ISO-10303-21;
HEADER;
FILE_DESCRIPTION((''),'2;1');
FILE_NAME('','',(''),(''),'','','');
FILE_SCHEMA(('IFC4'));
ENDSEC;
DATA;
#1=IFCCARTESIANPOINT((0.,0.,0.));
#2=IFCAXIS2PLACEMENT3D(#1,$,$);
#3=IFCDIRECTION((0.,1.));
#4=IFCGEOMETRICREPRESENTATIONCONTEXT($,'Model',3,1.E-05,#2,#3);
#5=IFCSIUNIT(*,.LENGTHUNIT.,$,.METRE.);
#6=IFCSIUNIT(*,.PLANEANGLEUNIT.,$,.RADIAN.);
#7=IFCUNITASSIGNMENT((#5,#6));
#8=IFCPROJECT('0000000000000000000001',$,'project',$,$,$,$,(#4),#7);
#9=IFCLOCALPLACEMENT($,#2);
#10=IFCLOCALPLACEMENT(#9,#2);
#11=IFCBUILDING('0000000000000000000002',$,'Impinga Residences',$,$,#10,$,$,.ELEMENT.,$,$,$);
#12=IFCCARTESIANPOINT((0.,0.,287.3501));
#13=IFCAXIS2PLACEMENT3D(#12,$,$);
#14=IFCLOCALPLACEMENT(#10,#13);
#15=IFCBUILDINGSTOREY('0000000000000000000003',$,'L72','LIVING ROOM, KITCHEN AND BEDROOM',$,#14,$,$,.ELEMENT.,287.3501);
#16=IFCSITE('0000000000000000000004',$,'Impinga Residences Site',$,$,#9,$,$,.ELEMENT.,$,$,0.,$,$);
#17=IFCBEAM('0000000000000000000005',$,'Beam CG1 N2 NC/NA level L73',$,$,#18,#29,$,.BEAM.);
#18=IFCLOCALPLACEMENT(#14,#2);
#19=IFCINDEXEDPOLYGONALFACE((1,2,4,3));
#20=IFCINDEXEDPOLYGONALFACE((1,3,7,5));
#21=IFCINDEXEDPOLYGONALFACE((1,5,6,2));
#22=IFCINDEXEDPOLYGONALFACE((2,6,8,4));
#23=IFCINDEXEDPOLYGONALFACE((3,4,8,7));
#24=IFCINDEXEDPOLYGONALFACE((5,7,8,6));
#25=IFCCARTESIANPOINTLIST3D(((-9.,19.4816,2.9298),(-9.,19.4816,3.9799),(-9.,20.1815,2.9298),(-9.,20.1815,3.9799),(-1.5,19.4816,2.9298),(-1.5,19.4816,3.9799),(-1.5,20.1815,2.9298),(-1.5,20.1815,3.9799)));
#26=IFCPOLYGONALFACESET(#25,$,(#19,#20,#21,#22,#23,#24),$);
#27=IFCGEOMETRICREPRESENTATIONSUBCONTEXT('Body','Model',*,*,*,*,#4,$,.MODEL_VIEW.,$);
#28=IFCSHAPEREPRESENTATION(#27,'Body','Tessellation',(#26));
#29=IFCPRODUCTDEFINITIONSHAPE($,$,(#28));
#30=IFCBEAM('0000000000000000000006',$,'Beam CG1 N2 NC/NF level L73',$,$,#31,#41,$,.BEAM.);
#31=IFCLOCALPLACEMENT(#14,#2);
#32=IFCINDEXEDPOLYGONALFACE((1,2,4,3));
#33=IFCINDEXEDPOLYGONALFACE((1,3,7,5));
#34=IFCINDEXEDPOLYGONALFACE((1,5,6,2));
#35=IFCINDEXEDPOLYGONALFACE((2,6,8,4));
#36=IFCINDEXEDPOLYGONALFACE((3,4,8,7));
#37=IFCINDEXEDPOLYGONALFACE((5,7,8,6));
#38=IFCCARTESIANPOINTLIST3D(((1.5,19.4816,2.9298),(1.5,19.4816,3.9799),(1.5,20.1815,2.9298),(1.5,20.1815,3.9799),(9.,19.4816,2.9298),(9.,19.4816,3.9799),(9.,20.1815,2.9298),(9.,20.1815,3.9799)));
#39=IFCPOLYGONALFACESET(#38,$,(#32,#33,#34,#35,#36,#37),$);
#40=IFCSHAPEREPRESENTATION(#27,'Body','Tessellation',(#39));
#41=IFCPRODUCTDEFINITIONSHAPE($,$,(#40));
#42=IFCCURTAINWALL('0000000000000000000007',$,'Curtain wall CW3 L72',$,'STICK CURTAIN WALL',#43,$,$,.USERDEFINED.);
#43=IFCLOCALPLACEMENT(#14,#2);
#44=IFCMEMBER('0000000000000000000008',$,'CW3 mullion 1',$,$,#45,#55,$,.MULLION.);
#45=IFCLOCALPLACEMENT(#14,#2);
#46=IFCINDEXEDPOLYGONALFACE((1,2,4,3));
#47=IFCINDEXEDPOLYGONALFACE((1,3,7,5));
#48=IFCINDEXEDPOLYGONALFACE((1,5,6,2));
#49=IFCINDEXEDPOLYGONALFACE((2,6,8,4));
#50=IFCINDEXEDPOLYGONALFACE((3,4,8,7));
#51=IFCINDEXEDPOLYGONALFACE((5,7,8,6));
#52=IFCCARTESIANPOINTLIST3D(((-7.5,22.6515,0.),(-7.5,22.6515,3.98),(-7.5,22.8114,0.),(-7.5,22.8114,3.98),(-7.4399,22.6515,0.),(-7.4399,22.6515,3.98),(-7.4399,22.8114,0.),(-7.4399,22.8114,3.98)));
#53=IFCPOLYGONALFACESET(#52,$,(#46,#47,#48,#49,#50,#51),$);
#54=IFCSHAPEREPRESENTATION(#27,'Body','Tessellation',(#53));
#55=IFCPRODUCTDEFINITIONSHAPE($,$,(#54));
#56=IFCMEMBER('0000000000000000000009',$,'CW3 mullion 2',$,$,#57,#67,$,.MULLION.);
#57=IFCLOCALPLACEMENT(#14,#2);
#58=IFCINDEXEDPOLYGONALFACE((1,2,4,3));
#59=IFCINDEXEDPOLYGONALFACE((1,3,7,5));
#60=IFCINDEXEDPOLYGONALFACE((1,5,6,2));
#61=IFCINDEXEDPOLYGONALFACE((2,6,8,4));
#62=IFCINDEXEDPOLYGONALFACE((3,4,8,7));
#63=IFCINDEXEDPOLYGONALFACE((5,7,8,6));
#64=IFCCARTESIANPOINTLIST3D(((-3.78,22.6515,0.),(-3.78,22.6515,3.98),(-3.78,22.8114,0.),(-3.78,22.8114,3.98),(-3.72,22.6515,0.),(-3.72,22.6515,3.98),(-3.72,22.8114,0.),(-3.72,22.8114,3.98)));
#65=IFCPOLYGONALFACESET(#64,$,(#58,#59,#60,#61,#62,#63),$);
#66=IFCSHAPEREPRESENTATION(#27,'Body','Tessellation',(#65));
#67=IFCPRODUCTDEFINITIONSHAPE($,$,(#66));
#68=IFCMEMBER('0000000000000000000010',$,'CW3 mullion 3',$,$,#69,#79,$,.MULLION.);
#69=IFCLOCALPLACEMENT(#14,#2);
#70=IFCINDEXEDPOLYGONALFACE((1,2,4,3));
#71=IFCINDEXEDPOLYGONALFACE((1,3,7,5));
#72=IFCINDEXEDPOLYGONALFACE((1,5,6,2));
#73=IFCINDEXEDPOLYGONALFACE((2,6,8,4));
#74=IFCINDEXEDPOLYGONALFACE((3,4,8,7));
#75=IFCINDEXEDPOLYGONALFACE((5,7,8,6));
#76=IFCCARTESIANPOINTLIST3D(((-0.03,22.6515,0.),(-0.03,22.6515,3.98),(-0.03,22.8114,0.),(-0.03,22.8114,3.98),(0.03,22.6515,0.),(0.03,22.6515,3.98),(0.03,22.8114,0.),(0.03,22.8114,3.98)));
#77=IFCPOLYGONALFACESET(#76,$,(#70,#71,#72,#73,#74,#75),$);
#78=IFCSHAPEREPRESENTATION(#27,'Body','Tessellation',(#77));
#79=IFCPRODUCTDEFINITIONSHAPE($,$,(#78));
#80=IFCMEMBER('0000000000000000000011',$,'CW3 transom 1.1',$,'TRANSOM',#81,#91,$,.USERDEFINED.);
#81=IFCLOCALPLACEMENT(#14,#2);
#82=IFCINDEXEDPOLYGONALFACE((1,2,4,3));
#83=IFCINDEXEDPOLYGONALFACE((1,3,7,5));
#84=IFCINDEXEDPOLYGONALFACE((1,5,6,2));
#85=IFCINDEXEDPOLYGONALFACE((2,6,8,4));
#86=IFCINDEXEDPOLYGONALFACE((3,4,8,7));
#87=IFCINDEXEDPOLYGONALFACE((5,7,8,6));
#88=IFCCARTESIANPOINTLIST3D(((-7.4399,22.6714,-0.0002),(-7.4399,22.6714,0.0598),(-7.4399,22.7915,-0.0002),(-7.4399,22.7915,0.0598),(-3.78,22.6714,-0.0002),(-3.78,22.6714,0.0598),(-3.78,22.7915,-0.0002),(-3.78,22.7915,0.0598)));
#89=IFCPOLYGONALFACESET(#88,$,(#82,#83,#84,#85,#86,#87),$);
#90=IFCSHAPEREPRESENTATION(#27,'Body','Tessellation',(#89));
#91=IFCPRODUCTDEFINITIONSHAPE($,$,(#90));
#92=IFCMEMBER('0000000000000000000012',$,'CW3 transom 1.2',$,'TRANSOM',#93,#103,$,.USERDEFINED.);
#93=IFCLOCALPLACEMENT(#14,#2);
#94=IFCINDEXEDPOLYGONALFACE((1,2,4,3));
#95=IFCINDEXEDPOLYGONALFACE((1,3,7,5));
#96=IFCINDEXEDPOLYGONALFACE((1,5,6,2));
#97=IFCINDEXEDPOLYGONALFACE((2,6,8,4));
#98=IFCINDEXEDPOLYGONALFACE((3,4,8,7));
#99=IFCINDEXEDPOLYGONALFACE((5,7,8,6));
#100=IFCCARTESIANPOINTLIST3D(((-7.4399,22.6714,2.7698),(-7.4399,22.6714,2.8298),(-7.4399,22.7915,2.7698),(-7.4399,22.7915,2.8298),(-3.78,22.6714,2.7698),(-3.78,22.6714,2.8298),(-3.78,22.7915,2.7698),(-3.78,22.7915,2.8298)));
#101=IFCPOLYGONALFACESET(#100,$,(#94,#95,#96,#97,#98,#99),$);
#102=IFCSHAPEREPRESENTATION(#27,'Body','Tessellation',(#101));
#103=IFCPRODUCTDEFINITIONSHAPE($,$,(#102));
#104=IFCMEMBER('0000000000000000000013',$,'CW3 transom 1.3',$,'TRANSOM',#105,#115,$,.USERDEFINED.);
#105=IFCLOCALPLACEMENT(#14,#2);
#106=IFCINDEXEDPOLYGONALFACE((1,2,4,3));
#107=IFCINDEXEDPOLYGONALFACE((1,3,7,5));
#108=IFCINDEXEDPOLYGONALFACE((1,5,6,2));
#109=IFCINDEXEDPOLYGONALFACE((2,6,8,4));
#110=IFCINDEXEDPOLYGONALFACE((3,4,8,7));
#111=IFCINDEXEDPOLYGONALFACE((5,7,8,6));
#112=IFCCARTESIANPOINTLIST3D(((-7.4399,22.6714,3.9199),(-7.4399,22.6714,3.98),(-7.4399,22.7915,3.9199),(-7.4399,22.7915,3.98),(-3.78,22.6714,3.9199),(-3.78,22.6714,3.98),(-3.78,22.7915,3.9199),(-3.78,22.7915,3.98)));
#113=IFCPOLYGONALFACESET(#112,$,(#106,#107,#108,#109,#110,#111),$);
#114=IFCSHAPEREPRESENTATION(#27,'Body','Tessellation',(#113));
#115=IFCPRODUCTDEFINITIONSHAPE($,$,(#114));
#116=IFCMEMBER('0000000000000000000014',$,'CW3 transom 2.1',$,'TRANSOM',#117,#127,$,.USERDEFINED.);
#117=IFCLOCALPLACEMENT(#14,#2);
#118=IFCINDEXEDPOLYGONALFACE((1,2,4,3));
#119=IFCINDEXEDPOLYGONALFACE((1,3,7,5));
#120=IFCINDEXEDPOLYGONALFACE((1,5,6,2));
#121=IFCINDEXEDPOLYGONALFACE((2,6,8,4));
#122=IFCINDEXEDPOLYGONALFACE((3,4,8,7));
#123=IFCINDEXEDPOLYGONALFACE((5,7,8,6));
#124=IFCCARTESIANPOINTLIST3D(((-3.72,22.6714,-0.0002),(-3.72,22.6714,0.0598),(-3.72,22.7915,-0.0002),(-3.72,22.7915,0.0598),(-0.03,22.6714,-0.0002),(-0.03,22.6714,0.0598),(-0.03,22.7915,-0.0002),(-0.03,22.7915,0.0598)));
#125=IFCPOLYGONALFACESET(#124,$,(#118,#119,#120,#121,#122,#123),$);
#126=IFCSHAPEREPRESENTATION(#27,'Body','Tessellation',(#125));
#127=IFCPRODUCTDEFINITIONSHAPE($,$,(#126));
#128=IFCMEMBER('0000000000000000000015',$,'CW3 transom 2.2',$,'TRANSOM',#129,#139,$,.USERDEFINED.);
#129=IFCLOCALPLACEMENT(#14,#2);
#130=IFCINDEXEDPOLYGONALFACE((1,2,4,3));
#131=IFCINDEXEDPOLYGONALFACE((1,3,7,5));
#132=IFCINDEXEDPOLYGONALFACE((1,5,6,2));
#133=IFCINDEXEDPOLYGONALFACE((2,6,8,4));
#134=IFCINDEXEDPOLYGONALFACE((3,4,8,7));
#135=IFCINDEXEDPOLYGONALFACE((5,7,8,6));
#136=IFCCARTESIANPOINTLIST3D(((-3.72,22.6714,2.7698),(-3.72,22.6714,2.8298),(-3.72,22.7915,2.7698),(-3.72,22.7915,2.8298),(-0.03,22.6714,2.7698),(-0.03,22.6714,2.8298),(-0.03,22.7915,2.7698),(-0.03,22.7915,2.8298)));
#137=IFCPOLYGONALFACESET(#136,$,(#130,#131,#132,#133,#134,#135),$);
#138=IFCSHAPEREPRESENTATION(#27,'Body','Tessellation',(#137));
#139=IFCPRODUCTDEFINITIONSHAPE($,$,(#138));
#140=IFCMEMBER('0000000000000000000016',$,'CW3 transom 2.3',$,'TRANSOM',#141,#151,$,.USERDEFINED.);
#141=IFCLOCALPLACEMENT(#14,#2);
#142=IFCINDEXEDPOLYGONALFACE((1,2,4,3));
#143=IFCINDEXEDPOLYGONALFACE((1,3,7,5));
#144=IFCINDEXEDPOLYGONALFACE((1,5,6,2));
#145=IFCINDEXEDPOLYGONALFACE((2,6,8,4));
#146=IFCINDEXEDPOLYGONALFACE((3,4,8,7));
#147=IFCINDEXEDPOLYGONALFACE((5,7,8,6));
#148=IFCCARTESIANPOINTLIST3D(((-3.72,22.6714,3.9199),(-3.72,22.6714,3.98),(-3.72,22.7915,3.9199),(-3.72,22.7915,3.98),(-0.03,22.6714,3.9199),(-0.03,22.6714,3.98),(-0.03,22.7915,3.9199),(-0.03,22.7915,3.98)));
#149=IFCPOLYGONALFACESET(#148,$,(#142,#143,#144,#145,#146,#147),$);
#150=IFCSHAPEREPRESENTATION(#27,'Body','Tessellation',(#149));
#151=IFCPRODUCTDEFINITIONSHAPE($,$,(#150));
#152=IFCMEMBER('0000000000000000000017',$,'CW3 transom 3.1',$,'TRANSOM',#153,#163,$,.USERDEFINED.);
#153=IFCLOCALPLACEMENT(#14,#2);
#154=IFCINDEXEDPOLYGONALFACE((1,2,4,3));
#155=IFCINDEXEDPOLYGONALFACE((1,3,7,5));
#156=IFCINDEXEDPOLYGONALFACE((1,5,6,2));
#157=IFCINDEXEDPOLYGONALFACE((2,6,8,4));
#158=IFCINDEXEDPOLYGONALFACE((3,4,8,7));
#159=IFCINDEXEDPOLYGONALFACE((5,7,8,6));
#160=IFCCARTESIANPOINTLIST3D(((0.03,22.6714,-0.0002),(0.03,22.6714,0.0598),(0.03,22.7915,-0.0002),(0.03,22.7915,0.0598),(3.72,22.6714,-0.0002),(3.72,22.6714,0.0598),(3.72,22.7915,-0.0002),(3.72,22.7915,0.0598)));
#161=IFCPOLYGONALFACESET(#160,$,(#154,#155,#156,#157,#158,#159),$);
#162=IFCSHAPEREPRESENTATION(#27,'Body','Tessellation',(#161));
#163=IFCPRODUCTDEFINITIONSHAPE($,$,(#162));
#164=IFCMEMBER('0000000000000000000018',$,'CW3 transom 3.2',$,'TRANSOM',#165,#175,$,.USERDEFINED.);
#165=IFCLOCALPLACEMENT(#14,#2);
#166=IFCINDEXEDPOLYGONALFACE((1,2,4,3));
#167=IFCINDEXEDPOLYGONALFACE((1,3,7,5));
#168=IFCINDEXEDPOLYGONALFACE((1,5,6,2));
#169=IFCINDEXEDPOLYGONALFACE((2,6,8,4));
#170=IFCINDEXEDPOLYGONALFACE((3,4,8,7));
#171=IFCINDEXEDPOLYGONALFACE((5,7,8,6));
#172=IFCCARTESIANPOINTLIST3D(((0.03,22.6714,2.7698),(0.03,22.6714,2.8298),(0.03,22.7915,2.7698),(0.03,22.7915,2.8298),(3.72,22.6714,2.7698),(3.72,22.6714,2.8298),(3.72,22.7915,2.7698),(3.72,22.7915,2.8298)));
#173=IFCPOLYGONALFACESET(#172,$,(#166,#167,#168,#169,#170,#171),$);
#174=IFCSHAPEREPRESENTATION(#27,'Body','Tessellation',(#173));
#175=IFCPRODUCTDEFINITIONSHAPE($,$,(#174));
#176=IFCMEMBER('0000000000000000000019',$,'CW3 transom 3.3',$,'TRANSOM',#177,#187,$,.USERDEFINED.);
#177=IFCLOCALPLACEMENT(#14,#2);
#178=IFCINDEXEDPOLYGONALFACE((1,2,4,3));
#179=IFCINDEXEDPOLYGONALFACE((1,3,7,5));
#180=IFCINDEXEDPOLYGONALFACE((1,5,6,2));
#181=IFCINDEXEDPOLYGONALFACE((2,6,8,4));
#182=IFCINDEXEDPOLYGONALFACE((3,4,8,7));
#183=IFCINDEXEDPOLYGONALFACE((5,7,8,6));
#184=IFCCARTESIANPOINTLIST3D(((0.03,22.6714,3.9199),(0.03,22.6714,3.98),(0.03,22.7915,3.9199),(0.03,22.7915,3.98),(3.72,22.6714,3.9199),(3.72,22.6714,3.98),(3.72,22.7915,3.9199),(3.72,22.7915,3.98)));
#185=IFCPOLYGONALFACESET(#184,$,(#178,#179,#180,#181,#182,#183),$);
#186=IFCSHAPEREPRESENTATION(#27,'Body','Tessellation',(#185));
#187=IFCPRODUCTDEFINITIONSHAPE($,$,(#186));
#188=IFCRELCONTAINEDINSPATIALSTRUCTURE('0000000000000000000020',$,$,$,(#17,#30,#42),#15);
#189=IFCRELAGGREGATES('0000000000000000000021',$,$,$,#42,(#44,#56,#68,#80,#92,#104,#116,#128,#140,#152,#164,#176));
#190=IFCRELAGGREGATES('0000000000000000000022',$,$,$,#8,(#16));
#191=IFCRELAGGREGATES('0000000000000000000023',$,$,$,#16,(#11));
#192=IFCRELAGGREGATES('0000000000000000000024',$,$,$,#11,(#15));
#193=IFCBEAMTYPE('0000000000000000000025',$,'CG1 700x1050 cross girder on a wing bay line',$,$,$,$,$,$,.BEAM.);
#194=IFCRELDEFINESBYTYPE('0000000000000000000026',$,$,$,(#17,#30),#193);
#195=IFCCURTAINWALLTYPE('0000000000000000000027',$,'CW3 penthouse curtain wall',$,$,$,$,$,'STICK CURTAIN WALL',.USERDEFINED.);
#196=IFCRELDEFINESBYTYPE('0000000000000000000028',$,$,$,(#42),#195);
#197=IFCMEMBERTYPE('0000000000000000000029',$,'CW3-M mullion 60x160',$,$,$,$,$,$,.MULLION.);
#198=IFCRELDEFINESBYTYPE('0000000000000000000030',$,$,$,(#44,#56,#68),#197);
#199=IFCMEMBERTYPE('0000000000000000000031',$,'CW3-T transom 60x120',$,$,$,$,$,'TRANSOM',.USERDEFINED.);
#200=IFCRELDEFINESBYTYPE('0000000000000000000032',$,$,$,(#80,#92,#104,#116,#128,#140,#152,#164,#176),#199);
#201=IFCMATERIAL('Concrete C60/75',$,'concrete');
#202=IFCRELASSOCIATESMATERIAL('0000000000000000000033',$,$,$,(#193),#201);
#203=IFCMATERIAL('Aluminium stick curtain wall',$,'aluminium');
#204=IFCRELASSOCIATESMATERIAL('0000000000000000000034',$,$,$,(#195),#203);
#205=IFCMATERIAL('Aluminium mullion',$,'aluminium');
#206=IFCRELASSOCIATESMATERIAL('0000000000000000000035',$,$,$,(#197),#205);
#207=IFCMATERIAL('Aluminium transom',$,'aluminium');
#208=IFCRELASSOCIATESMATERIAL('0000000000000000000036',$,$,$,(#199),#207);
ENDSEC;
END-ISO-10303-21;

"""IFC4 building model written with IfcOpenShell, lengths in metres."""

from ifc_helpers import new_model, si_unit, direction, frame, origin, origin_2d, place, context, subcontext, project, spatial, rectangle, extrude, material, material_profile, profile_set, type_object, element, aggregate, save


model = new_model("IFC4")

# Units and contexts
model_context = context("Model", 3, precision=1e-05, world=origin(), true_north=direction((0.0, 1.0)))
body_context = subcontext(model_context, "Body", "Model", "MODEL_VIEW")
ifc_project = project(units=[si_unit("LENGTHUNIT", "METRE"), si_unit("PLANEANGLEUNIT", "RADIAN")], contexts=[model_context])

# Site, building, storey
site_placement = place(None, origin())
site = spatial("IfcSite", under=ifc_project, at=site_placement, Name="Impinga Residences Site", CompositionType="ELEMENT", RefElevation=0.0)
building_placement = place(site_placement, origin())
building = spatial("IfcBuilding", under=site, at=building_placement, Name="Impinga Residences", CompositionType="ELEMENT")
storey_placement = place(building_placement, frame((0.0, 0.0, 287.3501)))
storey = spatial("IfcBuildingStorey", under=building, at=storey_placement, Name="L72", Description="LIVING ROOM, KITCHEN AND BEDROOM", CompositionType="ELEMENT", Elevation=287.3501)

# Beams
ifc_material_1 = material(Name="Concrete C60/75", Category="concrete")
ifc_material_profile_1 = material_profile(ifc_material_1, rectangle(XDim=0.7, YDim=1.05, at=origin_2d()), Name="RC 700x1050")
ifc_profile_set_1 = profile_set([ifc_material_profile_1], Name="Concrete C60/75")
beam_type_1 = type_object("IfcBeamType", Name="CG1 700x1050 cross girder on a wing bay line", PredefinedType="BEAM", material=ifc_profile_set_1)
for number, where, z_axis, x_axis, name in (
    (1, (-1.5, 19.8315, 3.4548), (-1.0, 0.0, 0.0), (0.0, -1.0, 0.0), "Beam CG1 N2 NC/NA level L73"),
    (2, (1.5, 19.8315, 3.4548), (1.0, 0.0, 0.0), (0.0, 1.0, 0.0), "Beam CG1 N2 NC/NF level L73"),
):
    element("IfcBeam", number, at=place(storey_placement, frame(where, z_axis=z_axis, x_axis=x_axis)), inside=storey, type_object=beam_type_1, Name=name, PredefinedType="BEAM", context=body_context, shape_type="SweptSolid", body=[
        extrude(rectangle(XDim=0.7, YDim=1.05, at=origin_2d()), origin(), (0.0, 0.0, 1.0), 7.5),
    ])

# Curtain wall, members
ifc_material_2 = material(Name="Aluminium stick curtain wall", Category="aluminium")
curtain_wall_type = type_object("IfcCurtainWallType", Name="CW3 penthouse curtain wall", ElementType="STICK CURTAIN WALL", PredefinedType="USERDEFINED", material=ifc_material_2)
curtain_wall_placement = place(storey_placement, origin())
curtain_wall = element("IfcCurtainWall", 3, at=curtain_wall_placement, inside=storey, type_object=curtain_wall_type, Name="Curtain wall CW3 L72", ObjectType="STICK CURTAIN WALL", PredefinedType="USERDEFINED")
ifc_material_3 = material(Name="Aluminium mullion", Category="aluminium")
ifc_material_profile_2 = material_profile(ifc_material_3, rectangle(XDim=0.0601, YDim=0.1599, at=origin_2d()), Name="60x160 mullion")
ifc_profile_set_2 = profile_set([ifc_material_profile_2], Name="Aluminium mullion")
member_type_1 = type_object("IfcMemberType", Name="CW3-M mullion 60x160", PredefinedType="MULLION", material=ifc_profile_set_2)
member_1_placement = place(storey_placement, frame((-7.47, 22.7314, 0.0), z_axis=(0.0, 0.0, 1.0), x_axis=(1.0, 0.0, 0.0)))
member_1 = element("IfcMember", 4, at=member_1_placement, type_object=member_type_1, Name="CW3 mullion 1", PredefinedType="MULLION", context=body_context, shape_type="SweptSolid", body=[
    extrude(rectangle(XDim=0.0601, YDim=0.1599, at=origin_2d()), origin(), (0.0, 0.0, 1.0), 3.98),
])
member_2_placement = place(storey_placement, frame((-3.75, 22.7314, 0.0), z_axis=(0.0, 0.0, 1.0), x_axis=(1.0, 0.0, 0.0)))
member_2 = element("IfcMember", 5, at=member_2_placement, type_object=member_type_1, Name="CW3 mullion 2", PredefinedType="MULLION", context=body_context, shape_type="SweptSolid", body=[
    extrude(rectangle(XDim=0.0601, YDim=0.1599, at=origin_2d()), origin(), (0.0, 0.0, 1.0), 3.98),
])
member_3_placement = place(storey_placement, frame((0.0, 22.7314, 0.0), z_axis=(0.0, 0.0, 1.0), x_axis=(1.0, 0.0, 0.0)))
member_3 = element("IfcMember", 6, at=member_3_placement, type_object=member_type_1, Name="CW3 mullion 3", PredefinedType="MULLION", context=body_context, shape_type="SweptSolid", body=[
    extrude(rectangle(XDim=0.0601, YDim=0.1599, at=origin_2d()), origin(), (0.0, 0.0, 1.0), 3.98),
])
ifc_material_4 = material(Name="Aluminium transom", Category="aluminium")
ifc_material_profile_3 = material_profile(ifc_material_4, rectangle(XDim=0.0601, YDim=0.1201, at=origin_2d()), Name="60x120 transom")
ifc_profile_set_3 = profile_set([ifc_material_profile_3], Name="Aluminium transom")
member_type_2 = type_object("IfcMemberType", Name="CW3-T transom 60x120", ElementType="TRANSOM", PredefinedType="USERDEFINED", material=ifc_profile_set_3)
member_4_placement = place(storey_placement, frame((-7.4399, 22.7314, 0.0298), z_axis=(1.0, 0.0, 0.0), x_axis=(0.0, 0.0, 1.0)))
member_4 = element("IfcMember", 7, at=member_4_placement, type_object=member_type_2, Name="CW3 transom 1.1", ObjectType="TRANSOM", PredefinedType="USERDEFINED", context=body_context, shape_type="SweptSolid", body=[
    extrude(rectangle(XDim=0.0601, YDim=0.1201, at=origin_2d()), origin(), (0.0, 0.0, 1.0), 3.6599),
])
member_5_placement = place(storey_placement, frame((-7.4399, 22.7314, 2.7998), z_axis=(1.0, 0.0, 0.0), x_axis=(0.0, 0.0, 1.0)))
member_5 = element("IfcMember", 8, at=member_5_placement, type_object=member_type_2, Name="CW3 transom 1.2", ObjectType="TRANSOM", PredefinedType="USERDEFINED", context=body_context, shape_type="SweptSolid", body=[
    extrude(rectangle(XDim=0.0601, YDim=0.1201, at=origin_2d()), origin(), (0.0, 0.0, 1.0), 3.6599),
])
member_6_placement = place(storey_placement, frame((-7.4399, 22.7314, 3.95), z_axis=(1.0, 0.0, 0.0), x_axis=(0.0, 0.0, 1.0)))
member_6 = element("IfcMember", 9, at=member_6_placement, type_object=member_type_2, Name="CW3 transom 1.3", ObjectType="TRANSOM", PredefinedType="USERDEFINED", context=body_context, shape_type="SweptSolid", body=[
    extrude(rectangle(XDim=0.0601, YDim=0.1201, at=origin_2d()), origin(), (0.0, 0.0, 1.0), 3.6599),
])
member_7_placement = place(storey_placement, frame((-3.72, 22.7314, 0.0298), z_axis=(1.0, 0.0, 0.0), x_axis=(0.0, 0.0, 1.0)))
member_7 = element("IfcMember", 10, at=member_7_placement, type_object=member_type_2, Name="CW3 transom 2.1", ObjectType="TRANSOM", PredefinedType="USERDEFINED", context=body_context, shape_type="SweptSolid", body=[
    extrude(rectangle(XDim=0.0601, YDim=0.1201, at=origin_2d()), origin(), (0.0, 0.0, 1.0), 3.6899),
])
member_8_placement = place(storey_placement, frame((-3.72, 22.7314, 2.7998), z_axis=(1.0, 0.0, 0.0), x_axis=(0.0, 0.0, 1.0)))
member_8 = element("IfcMember", 11, at=member_8_placement, type_object=member_type_2, Name="CW3 transom 2.2", ObjectType="TRANSOM", PredefinedType="USERDEFINED", context=body_context, shape_type="SweptSolid", body=[
    extrude(rectangle(XDim=0.0601, YDim=0.1201, at=origin_2d()), origin(), (0.0, 0.0, 1.0), 3.6899),
])
member_9_placement = place(storey_placement, frame((-3.72, 22.7314, 3.95), z_axis=(1.0, 0.0, 0.0), x_axis=(0.0, 0.0, 1.0)))
member_9 = element("IfcMember", 12, at=member_9_placement, type_object=member_type_2, Name="CW3 transom 2.3", ObjectType="TRANSOM", PredefinedType="USERDEFINED", context=body_context, shape_type="SweptSolid", body=[
    extrude(rectangle(XDim=0.0601, YDim=0.1201, at=origin_2d()), origin(), (0.0, 0.0, 1.0), 3.6899),
])
member_10_placement = place(storey_placement, frame((0.03, 22.7314, 0.0298), z_axis=(1.0, 0.0, 0.0), x_axis=(0.0, 0.0, 1.0)))
member_10 = element("IfcMember", 13, at=member_10_placement, type_object=member_type_2, Name="CW3 transom 3.1", ObjectType="TRANSOM", PredefinedType="USERDEFINED", context=body_context, shape_type="SweptSolid", body=[
    extrude(rectangle(XDim=0.0601, YDim=0.1201, at=origin_2d()), origin(), (0.0, 0.0, 1.0), 3.6899),
])
member_11_placement = place(storey_placement, frame((0.03, 22.7314, 2.7998), z_axis=(1.0, 0.0, 0.0), x_axis=(0.0, 0.0, 1.0)))
member_11 = element("IfcMember", 14, at=member_11_placement, type_object=member_type_2, Name="CW3 transom 3.2", ObjectType="TRANSOM", PredefinedType="USERDEFINED", context=body_context, shape_type="SweptSolid", body=[
    extrude(rectangle(XDim=0.0601, YDim=0.1201, at=origin_2d()), origin(), (0.0, 0.0, 1.0), 3.6899),
])
member_12_placement = place(storey_placement, frame((0.03, 22.7314, 3.95), z_axis=(1.0, 0.0, 0.0), x_axis=(0.0, 0.0, 1.0)))
member_12 = element("IfcMember", 15, at=member_12_placement, type_object=member_type_2, Name="CW3 transom 3.3", ObjectType="TRANSOM", PredefinedType="USERDEFINED", context=body_context, shape_type="SweptSolid", body=[
    extrude(rectangle(XDim=0.0601, YDim=0.1201, at=origin_2d()), origin(), (0.0, 0.0, 1.0), 3.6899),
])

aggregate(curtain_wall, [member_1, member_2, member_3, member_4, member_5, member_6, member_7, member_8, member_9, member_10, member_11, member_12])

save(model, "model.ifc")
